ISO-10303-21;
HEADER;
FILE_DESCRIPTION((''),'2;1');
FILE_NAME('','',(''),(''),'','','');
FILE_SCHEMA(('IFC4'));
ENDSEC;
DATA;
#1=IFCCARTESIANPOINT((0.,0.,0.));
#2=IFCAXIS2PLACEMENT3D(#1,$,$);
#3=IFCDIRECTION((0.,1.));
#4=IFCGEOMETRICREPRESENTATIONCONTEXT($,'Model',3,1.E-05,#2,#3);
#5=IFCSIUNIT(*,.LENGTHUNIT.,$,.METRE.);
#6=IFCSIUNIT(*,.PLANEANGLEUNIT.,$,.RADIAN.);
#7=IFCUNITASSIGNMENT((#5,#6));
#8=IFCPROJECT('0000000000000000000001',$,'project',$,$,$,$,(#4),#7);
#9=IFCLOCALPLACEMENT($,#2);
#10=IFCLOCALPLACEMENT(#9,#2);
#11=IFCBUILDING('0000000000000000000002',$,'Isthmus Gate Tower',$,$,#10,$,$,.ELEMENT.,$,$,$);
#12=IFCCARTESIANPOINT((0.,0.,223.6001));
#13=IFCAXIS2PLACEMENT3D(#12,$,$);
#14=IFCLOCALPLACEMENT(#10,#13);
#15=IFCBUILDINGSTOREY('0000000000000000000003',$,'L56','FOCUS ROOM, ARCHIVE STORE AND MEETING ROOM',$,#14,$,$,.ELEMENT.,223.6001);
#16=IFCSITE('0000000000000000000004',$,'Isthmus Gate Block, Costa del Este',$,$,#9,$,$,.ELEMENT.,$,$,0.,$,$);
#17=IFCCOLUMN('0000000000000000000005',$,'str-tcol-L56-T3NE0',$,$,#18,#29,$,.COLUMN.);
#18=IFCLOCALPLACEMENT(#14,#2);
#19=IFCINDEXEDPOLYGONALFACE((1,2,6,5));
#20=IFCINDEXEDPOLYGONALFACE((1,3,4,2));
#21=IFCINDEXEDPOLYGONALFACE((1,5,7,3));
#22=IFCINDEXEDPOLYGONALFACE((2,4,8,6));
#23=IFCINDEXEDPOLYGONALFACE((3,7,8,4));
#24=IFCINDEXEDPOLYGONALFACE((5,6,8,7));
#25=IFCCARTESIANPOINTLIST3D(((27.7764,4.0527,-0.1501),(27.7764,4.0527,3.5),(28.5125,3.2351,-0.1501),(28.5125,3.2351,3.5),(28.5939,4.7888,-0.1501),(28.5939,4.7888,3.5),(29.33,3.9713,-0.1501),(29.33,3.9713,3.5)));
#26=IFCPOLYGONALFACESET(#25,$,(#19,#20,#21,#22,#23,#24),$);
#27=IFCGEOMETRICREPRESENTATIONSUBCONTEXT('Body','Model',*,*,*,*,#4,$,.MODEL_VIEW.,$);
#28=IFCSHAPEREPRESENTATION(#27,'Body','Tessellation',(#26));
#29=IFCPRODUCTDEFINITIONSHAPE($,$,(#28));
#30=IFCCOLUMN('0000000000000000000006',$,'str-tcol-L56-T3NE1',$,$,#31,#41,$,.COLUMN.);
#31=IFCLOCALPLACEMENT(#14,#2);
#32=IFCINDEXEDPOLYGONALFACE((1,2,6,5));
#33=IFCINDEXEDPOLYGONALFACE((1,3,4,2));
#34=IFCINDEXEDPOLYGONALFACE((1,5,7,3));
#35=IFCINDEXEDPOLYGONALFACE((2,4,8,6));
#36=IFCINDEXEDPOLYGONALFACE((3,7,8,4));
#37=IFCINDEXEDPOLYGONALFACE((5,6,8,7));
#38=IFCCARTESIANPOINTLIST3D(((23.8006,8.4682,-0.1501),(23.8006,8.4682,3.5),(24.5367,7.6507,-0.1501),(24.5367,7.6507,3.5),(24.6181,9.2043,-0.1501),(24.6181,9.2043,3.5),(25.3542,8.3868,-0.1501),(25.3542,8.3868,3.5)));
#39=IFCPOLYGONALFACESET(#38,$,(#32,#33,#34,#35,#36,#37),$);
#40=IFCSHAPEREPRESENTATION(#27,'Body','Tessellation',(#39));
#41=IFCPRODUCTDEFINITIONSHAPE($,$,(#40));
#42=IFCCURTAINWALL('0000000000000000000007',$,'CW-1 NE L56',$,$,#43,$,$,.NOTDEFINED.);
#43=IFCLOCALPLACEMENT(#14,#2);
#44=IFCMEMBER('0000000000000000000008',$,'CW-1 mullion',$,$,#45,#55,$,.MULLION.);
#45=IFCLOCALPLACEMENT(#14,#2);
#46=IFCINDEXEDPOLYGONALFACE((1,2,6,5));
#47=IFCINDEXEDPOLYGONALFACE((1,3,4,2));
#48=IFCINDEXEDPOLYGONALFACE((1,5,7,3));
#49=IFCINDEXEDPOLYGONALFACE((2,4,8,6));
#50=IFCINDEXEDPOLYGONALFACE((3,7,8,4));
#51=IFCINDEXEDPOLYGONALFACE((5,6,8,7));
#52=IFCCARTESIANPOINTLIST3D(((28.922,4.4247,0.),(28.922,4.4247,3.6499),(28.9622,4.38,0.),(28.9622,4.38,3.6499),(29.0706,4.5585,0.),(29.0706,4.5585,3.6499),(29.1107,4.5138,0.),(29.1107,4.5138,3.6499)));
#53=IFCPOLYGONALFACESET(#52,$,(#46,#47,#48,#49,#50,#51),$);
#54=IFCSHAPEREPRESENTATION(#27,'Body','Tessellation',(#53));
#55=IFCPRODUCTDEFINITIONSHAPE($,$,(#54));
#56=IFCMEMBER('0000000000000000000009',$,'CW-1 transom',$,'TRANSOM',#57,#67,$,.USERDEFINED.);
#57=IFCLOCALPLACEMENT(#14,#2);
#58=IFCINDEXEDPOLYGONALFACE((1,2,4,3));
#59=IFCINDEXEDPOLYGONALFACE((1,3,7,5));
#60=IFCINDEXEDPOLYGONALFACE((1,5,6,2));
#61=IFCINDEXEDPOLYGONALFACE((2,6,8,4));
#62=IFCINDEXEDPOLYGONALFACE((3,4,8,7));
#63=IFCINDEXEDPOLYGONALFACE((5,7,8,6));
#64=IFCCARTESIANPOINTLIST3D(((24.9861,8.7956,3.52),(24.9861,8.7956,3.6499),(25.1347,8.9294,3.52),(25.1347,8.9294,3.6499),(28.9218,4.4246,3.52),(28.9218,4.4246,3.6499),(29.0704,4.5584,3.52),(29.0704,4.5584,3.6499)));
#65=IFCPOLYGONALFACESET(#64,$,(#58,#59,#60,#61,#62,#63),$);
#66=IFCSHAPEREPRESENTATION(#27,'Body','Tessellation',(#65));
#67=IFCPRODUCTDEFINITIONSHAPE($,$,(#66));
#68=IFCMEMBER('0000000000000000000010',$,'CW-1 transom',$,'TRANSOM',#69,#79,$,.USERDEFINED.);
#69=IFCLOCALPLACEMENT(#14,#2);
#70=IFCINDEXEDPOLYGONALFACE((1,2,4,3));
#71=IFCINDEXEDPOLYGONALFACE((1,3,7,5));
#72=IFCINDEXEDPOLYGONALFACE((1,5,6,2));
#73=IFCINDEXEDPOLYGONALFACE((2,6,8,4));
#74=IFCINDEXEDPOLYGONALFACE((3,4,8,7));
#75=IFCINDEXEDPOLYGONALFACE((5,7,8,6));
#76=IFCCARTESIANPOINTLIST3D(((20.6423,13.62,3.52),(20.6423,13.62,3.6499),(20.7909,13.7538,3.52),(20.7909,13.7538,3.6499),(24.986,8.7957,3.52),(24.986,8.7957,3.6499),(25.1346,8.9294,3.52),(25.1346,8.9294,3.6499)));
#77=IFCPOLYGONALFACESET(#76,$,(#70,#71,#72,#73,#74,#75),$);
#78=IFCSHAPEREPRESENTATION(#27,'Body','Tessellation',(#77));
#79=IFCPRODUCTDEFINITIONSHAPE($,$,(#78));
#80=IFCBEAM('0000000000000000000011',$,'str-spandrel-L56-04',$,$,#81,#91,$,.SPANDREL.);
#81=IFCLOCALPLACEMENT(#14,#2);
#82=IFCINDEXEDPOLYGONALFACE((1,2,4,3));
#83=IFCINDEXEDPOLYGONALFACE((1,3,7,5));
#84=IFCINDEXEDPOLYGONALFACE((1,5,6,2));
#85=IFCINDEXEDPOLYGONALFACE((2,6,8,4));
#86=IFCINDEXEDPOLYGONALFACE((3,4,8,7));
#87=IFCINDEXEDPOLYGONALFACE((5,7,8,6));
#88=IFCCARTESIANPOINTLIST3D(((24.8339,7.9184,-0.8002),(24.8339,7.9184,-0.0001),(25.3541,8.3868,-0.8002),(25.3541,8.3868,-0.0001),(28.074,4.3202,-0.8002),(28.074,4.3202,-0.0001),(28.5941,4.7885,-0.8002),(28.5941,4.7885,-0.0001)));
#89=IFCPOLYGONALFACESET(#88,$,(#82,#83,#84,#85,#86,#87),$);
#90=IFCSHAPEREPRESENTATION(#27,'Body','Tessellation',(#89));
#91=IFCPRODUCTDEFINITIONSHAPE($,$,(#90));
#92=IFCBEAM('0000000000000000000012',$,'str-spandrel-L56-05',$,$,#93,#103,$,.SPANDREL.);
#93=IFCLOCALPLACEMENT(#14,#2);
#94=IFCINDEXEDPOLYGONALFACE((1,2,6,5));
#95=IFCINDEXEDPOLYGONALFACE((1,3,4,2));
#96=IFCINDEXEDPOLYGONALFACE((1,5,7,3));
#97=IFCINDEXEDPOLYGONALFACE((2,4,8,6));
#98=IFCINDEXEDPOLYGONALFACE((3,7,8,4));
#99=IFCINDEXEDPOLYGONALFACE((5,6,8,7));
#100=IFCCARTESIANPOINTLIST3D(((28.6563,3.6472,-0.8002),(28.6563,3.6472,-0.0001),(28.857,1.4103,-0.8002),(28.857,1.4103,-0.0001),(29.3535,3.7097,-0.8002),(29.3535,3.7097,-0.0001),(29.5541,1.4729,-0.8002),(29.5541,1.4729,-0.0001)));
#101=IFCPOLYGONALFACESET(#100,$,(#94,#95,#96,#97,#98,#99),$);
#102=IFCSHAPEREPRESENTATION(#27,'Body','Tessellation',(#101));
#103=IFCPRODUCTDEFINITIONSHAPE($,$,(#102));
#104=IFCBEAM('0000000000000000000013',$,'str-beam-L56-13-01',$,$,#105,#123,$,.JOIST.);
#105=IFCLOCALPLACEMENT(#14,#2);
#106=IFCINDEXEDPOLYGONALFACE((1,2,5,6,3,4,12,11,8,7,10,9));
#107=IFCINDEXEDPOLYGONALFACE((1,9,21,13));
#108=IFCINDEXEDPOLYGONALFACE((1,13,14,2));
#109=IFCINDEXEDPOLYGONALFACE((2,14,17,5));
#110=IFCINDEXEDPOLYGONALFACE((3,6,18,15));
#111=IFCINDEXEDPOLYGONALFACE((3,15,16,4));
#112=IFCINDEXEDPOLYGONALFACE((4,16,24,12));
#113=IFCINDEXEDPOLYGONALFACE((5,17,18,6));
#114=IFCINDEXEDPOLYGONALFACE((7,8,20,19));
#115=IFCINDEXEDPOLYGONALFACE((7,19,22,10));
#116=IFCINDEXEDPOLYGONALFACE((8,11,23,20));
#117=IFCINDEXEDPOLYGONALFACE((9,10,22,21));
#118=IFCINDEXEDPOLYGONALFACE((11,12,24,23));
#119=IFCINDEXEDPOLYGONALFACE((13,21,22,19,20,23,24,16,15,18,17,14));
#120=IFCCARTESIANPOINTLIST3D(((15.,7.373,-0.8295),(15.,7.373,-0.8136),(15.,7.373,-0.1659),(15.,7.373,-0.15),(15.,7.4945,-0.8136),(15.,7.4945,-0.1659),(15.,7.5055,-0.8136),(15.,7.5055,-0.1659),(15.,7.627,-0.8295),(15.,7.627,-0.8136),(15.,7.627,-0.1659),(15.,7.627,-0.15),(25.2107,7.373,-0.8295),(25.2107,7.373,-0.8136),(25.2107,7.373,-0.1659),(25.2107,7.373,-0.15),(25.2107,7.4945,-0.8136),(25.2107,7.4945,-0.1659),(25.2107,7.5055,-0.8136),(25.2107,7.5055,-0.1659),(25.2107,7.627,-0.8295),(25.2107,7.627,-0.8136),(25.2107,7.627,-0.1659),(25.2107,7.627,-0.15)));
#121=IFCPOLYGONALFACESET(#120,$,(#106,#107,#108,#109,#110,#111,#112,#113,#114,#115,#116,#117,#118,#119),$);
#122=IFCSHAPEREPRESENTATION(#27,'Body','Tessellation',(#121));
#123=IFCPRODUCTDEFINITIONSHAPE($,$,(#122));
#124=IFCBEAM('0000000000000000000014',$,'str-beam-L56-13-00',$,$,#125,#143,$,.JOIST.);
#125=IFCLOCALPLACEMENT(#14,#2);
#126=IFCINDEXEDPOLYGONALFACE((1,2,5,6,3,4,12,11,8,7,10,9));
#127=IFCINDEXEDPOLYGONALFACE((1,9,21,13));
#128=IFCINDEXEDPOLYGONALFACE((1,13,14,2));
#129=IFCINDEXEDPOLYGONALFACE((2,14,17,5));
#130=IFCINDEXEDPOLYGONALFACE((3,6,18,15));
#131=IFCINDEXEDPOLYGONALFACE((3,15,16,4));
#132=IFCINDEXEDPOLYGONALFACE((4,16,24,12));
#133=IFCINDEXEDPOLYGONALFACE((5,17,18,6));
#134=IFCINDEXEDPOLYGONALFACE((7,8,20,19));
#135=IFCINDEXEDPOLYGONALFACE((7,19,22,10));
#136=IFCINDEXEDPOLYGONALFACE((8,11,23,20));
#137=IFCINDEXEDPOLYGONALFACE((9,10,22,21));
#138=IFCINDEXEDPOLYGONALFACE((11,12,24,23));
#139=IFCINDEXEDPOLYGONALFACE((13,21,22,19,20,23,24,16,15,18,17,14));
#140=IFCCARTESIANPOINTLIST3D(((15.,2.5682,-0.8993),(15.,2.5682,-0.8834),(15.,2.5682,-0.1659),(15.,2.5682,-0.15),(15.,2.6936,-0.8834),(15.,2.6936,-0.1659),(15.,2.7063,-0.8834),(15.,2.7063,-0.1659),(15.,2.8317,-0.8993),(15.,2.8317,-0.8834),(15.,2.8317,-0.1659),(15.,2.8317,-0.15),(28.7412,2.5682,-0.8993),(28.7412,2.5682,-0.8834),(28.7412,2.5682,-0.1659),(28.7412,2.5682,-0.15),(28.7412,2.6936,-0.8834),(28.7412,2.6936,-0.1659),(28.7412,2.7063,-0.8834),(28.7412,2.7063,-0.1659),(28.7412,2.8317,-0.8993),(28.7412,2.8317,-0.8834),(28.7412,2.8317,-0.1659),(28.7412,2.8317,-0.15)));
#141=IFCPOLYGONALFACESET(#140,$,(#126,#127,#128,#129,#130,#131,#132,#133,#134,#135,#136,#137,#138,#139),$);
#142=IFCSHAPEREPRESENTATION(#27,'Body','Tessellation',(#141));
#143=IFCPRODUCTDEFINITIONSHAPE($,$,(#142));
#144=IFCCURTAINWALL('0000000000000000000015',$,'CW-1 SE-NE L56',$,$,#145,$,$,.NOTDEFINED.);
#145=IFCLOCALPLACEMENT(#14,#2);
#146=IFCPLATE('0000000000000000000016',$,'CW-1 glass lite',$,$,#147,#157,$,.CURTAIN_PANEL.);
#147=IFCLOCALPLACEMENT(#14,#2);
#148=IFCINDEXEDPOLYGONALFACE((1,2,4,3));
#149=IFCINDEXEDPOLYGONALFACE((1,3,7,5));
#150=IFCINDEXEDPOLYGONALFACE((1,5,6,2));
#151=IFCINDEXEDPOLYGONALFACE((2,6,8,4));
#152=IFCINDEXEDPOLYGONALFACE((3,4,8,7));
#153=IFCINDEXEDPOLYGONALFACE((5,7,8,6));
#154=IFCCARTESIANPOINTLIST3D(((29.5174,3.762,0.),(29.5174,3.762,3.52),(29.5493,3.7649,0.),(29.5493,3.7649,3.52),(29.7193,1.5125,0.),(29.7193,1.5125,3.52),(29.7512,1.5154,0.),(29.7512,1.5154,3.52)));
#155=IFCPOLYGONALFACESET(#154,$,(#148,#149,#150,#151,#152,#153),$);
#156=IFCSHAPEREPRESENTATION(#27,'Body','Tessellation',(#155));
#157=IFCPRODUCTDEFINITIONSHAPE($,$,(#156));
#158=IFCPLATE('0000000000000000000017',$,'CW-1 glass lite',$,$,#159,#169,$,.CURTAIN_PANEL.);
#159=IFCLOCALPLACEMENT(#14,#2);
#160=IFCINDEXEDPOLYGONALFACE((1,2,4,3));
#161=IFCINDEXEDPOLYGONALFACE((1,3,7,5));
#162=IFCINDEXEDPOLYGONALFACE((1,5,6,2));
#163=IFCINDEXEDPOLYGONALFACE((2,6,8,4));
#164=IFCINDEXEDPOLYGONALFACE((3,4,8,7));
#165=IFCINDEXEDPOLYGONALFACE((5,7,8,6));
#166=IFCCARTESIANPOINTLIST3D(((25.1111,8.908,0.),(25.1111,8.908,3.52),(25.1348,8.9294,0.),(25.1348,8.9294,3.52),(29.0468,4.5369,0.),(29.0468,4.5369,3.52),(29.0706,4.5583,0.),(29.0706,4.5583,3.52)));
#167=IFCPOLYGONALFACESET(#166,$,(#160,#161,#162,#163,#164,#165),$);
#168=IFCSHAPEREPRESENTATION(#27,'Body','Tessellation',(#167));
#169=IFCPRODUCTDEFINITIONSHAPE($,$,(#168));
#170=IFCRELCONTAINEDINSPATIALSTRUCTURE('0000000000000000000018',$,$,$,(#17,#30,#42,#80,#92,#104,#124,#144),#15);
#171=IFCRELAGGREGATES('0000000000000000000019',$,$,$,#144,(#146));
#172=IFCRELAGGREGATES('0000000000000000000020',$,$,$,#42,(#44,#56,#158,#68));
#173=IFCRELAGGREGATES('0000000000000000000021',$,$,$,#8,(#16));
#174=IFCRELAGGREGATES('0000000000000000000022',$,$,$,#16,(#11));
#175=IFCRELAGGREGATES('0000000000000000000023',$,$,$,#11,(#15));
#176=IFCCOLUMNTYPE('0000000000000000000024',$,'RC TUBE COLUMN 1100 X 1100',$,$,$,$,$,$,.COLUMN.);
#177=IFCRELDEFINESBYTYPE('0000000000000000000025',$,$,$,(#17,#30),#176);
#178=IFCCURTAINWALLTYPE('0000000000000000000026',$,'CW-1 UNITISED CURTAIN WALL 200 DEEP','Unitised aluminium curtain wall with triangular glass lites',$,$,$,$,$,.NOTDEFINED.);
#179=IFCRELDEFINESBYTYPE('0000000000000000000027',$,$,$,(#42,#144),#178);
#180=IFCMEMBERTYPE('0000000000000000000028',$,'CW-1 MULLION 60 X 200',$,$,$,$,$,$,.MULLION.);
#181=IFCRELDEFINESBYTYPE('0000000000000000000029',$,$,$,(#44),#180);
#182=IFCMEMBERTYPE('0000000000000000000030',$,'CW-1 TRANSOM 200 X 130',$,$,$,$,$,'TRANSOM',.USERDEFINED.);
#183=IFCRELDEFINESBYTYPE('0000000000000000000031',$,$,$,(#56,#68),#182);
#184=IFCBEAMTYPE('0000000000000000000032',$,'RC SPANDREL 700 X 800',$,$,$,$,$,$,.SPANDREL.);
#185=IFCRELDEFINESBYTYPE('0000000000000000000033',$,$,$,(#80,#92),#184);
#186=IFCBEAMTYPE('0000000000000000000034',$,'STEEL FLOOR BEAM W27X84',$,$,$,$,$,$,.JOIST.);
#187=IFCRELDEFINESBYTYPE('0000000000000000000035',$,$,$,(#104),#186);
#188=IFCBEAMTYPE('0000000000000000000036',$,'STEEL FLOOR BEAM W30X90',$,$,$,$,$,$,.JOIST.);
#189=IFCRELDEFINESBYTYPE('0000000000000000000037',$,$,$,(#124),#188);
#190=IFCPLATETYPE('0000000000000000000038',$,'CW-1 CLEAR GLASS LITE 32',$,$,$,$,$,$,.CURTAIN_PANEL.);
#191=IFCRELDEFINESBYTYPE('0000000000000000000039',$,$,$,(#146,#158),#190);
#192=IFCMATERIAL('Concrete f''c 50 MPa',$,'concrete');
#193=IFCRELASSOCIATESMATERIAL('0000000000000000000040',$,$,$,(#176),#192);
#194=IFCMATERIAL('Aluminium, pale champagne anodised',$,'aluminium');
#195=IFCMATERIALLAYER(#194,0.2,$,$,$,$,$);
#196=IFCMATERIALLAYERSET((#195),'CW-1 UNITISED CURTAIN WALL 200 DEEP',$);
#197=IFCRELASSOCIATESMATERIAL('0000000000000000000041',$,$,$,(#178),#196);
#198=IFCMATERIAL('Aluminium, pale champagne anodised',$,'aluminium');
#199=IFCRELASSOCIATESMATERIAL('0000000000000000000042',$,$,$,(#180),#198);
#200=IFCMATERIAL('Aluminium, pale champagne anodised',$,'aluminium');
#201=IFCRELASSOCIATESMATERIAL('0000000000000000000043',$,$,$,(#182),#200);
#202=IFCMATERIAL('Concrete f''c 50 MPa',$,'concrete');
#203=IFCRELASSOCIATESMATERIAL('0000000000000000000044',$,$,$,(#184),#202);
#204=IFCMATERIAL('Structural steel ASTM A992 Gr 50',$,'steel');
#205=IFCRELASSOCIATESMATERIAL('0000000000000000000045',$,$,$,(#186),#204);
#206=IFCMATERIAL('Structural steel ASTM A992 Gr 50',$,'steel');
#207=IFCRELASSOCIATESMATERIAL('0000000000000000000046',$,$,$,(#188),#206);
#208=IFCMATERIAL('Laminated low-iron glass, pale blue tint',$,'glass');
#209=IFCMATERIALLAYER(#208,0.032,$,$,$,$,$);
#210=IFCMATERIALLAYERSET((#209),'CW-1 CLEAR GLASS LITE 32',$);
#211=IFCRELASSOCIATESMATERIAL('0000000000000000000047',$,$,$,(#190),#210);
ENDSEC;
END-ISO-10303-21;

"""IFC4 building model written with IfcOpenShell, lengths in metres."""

from ifc_helpers import new_model, si_unit, direction, frame, origin, origin_2d, place, context, subcontext, project, spatial, rectangle, i_section, extrude, material, layer, layer_set, material_profile, profile_set, type_object, element, aggregate, save


model = new_model("IFC4")

# Units and contexts
model_context = context("Model", 3, precision=1e-05, world=origin(), true_north=direction((0.0, 1.0)))
body_context = subcontext(model_context, "Body", "Model", "MODEL_VIEW")
ifc_project = project(units=[si_unit("LENGTHUNIT", "METRE"), si_unit("PLANEANGLEUNIT", "RADIAN")], contexts=[model_context])

# Site, building, storey
site_placement = place(None, origin())
site = spatial("IfcSite", under=ifc_project, at=site_placement, Name="Isthmus Gate Block, Costa del Este", CompositionType="ELEMENT", RefElevation=0.0)
building_placement = place(site_placement, origin())
building = spatial("IfcBuilding", under=site, at=building_placement, Name="Isthmus Gate Tower", CompositionType="ELEMENT")
storey_placement = place(building_placement, frame((0.0, 0.0, 223.6001)))
storey = spatial("IfcBuildingStorey", under=building, at=storey_placement, Name="L56", Description="FOCUS ROOM, ARCHIVE STORE AND MEETING ROOM", CompositionType="ELEMENT", Elevation=223.6001)

# Columns
ifc_material_1 = material(Name="Concrete f'c 50 MPa", Category="concrete")
ifc_material_profile_1 = material_profile(ifc_material_1, rectangle(XDim=1.1001, YDim=1.1001, at=origin_2d()), Name="RC 1100X1100")
ifc_profile_set_1 = profile_set([ifc_material_profile_1], Name="Concrete f'c 50 MPa")
column_type = type_object("IfcColumnType", Name="RC TUBE COLUMN 1100 X 1100", PredefinedType="COLUMN", material=ifc_profile_set_1)
for number, where, z_axis, x_axis, name in (
    (1, (28.5532, 4.012, -0.1501), (0.0, 0.0, 1.0), (-0.669131, 0.743145, 0.0), "str-tcol-L56-T3NE0"),
    (2, (24.5774, 8.4275, -0.1501), (0.0, 0.0, 1.0), (-0.669131, 0.743145, 0.0), "str-tcol-L56-T3NE1"),
):
    element("IfcColumn", number, at=place(storey_placement, frame(where, z_axis=z_axis, x_axis=x_axis)), inside=storey, type_object=column_type, Name=name, PredefinedType="COLUMN", context=body_context, shape_type="SweptSolid", body=[
        extrude(rectangle(XDim=1.1001, YDim=1.1001, at=origin_2d()), origin(), (0.0, 0.0, 1.0), 3.6501),
    ])

# Curtain wall, members
ifc_material_2 = material(Name="Aluminium, pale champagne anodised", Category="aluminium")
ifc_layer_1 = layer(ifc_material_2, 0.2)
ifc_layer_set_1 = layer_set([ifc_layer_1], Name="CW-1 UNITISED CURTAIN WALL 200 DEEP")
curtain_wall_type = type_object("IfcCurtainWallType", Name="CW-1 UNITISED CURTAIN WALL 200 DEEP", Description="Unitised aluminium curtain wall with triangular glass lites", PredefinedType="NOTDEFINED", material=ifc_layer_set_1)
curtain_wall_1_placement = place(storey_placement, origin())
curtain_wall_1 = element("IfcCurtainWall", 3, at=curtain_wall_1_placement, inside=storey, type_object=curtain_wall_type, Name="CW-1 NE L56", PredefinedType="NOTDEFINED")
ifc_material_3 = material(Name="Aluminium, pale champagne anodised", Category="aluminium")
ifc_material_profile_2 = material_profile(ifc_material_3, rectangle(XDim=0.0601, YDim=0.2, at=origin_2d()), Name="60x200")
ifc_profile_set_2 = profile_set([ifc_material_profile_2], Name="Aluminium, pale champagne anodised")
member_type_1 = type_object("IfcMemberType", Name="CW-1 MULLION 60 X 200", PredefinedType="MULLION", material=ifc_profile_set_2)
member_1_placement = place(storey_placement, frame((29.0164, 4.4692, 0.0), z_axis=(0.0, 0.0, 1.0), x_axis=(-0.669131, 0.743145, 0.0)))
member_1 = element("IfcMember", 4, at=member_1_placement, type_object=member_type_1, Name="CW-1 mullion", PredefinedType="MULLION", context=body_context, shape_type="SweptSolid", body=[
    extrude(rectangle(XDim=0.0601, YDim=0.2, at=origin_2d()), origin(), (0.0, 0.0, 1.0), 3.6499),
])
ifc_material_4 = material(Name="Aluminium, pale champagne anodised", Category="aluminium")
ifc_material_profile_3 = material_profile(ifc_material_4, rectangle(XDim=0.2, YDim=0.1299, at=origin_2d()), Name="200x130")
ifc_profile_set_3 = profile_set([ifc_material_profile_3], Name="Aluminium, pale champagne anodised")
member_type_2 = type_object("IfcMemberType", Name="CW-1 TRANSOM 200 X 130", ElementType="TRANSOM", PredefinedType="USERDEFINED", material=ifc_profile_set_3)
member_2_placement = place(storey_placement, frame((28.9961, 4.4915, 3.585), z_axis=(-0.669134, 0.743141, 0.0), x_axis=(-0.743141, -0.669134, 0.0)))
member_2 = element("IfcMember", 5, at=member_2_placement, type_object=member_type_2, Name="CW-1 transom", ObjectType="TRANSOM", PredefinedType="USERDEFINED", context=body_context, shape_type="SweptSolid", body=[
    extrude(rectangle(XDim=0.2, YDim=0.1299, at=origin_2d()), origin(), (0.0, 0.0, 1.0), 5.8818),
])
member_3_placement = place(storey_placement, frame((25.0603, 8.8625, 3.585), z_axis=(-0.669112, 0.743161, 0.0), x_axis=(-0.743161, -0.669112, 0.0)))
member_3 = element("IfcMember", 6, at=member_3_placement, type_object=member_type_2, Name="CW-1 transom", ObjectType="TRANSOM", PredefinedType="USERDEFINED", context=body_context, shape_type="SweptSolid", body=[
    extrude(rectangle(XDim=0.2, YDim=0.1299, at=origin_2d()), origin(), (0.0, 0.0, 1.0), 6.4917),
])

# Beams
ifc_material_5 = material(Name="Concrete f'c 50 MPa", Category="concrete")
ifc_material_profile_4 = material_profile(ifc_material_5, rectangle(XDim=0.7, YDim=0.8, at=origin_2d()), Name="RC 700X800")
ifc_profile_set_4 = profile_set([ifc_material_profile_4], Name="Concrete f'c 50 MPa")
beam_type_1 = type_object("IfcBeamType", Name="RC SPANDREL 700 X 800", PredefinedType="SPANDREL", material=ifc_profile_set_4)
beam_1_placement = place(storey_placement, frame((25.094, 8.1526, -0.4001), z_axis=(0.669154, -0.743124, 0.0), x_axis=(0.743124, 0.669154, 0.0)))
element("IfcBeam", 7, at=beam_1_placement, inside=storey, type_object=beam_type_1, Name="str-spandrel-L56-04", PredefinedType="SPANDREL", context=body_context, shape_type="SweptSolid", body=[
    extrude(rectangle(XDim=0.7, YDim=0.8, at=origin_2d()), origin(), (0.0, 0.0, 1.0), 4.842),
])
beam_2_placement = place(storey_placement, frame((29.0049, 3.6785, -0.4001), z_axis=(0.089359, -0.995999, 0.0), x_axis=(0.995999, 0.089359, 0.0)))
element("IfcBeam", 8, at=beam_2_placement, inside=storey, type_object=beam_type_1, Name="str-spandrel-L56-05", PredefinedType="SPANDREL", context=body_context, shape_type="SweptSolid", body=[
    extrude(rectangle(XDim=0.7, YDim=0.8, at=origin_2d()), origin(), (0.0, 0.0, 1.0), 2.2458),
])
ifc_material_6 = material(Name="Structural steel ASTM A992 Gr 50", Category="steel")
ifc_material_profile_5 = material_profile(ifc_material_6, i_section(OverallWidth=0.2539, OverallDepth=0.6794, WebThickness=0.011, FlangeThickness=0.0159, at=origin_2d()), Name="W27X84")
ifc_profile_set_5 = profile_set([ifc_material_profile_5], Name="Structural steel ASTM A992 Gr 50")
beam_type_2 = type_object("IfcBeamType", Name="STEEL FLOOR BEAM W27X84", PredefinedType="JOIST", material=ifc_profile_set_5)
beam_3_placement = place(storey_placement, frame((15.0, 7.5, -0.4897), z_axis=(1.0, 0.0, 0.0), x_axis=(0.0, 1.0, 0.0)))
element("IfcBeam", 9, at=beam_3_placement, inside=storey, type_object=beam_type_2, Name="str-beam-L56-13-01", PredefinedType="JOIST", context=body_context, shape_type="SweptSolid", body=[
    extrude(i_section(OverallWidth=0.2539, OverallDepth=0.6794, WebThickness=0.011, FlangeThickness=0.0159, at=origin_2d()), origin(), (0.0, 0.0, 1.0), 10.2107),
])
ifc_material_7 = material(Name="Structural steel ASTM A992 Gr 50", Category="steel")
ifc_material_profile_6 = material_profile(ifc_material_7, i_section(OverallWidth=0.2634, OverallDepth=0.7493, WebThickness=0.0127, FlangeThickness=0.0159, at=origin_2d()), Name="W30X90")
ifc_profile_set_6 = profile_set([ifc_material_profile_6], Name="Structural steel ASTM A992 Gr 50")
beam_type_3 = type_object("IfcBeamType", Name="STEEL FLOOR BEAM W30X90", PredefinedType="JOIST", material=ifc_profile_set_6)
beam_4_placement = place(storey_placement, frame((15.0, 2.7, -0.5247), z_axis=(1.0, 0.0, 0.0), x_axis=(0.0, 1.0, 0.0)))
element("IfcBeam", 10, at=beam_4_placement, inside=storey, type_object=beam_type_3, Name="str-beam-L56-13-00", PredefinedType="JOIST", context=body_context, shape_type="SweptSolid", body=[
    extrude(i_section(OverallWidth=0.2634, OverallDepth=0.7493, WebThickness=0.0127, FlangeThickness=0.0159, at=origin_2d()), origin(), (0.0, 0.0, 1.0), 13.7412),
])

# Curtain wall, plate
curtain_wall_2_placement = place(storey_placement, origin())
curtain_wall_2 = element("IfcCurtainWall", 11, at=curtain_wall_2_placement, inside=storey, type_object=curtain_wall_type, Name="CW-1 SE-NE L56", PredefinedType="NOTDEFINED")
ifc_material_8 = material(Name="Laminated low-iron glass, pale blue tint", Category="glass")
ifc_layer_2 = layer(ifc_material_8, 0.032)
ifc_layer_set_2 = layer_set([ifc_layer_2], Name="CW-1 CLEAR GLASS LITE 32")
plate_type = type_object("IfcPlateType", Name="CW-1 CLEAR GLASS LITE 32", PredefinedType="CURTAIN_PANEL", material=ifc_layer_set_2)
plate_1_placement = place(storey_placement, frame((29.6343, 2.6387, 0.0), z_axis=(0.0, 0.0, 1.0), x_axis=(-0.089397, 0.995996, 0.0)))
plate_1 = element("IfcPlate", 12, at=plate_1_placement, type_object=plate_type, Name="CW-1 glass lite", PredefinedType="CURTAIN_PANEL", context=body_context, shape_type="SweptSolid", body=[
    extrude(rectangle(XDim=2.2585, YDim=0.032, at=origin_2d()), origin(), (0.0, 0.0, 1.0), 3.52),
])
aggregate(curtain_wall_2, [plate_1])

# Plate
plate_2_placement = place(storey_placement, frame((27.0908, 6.7332, 0.0), z_axis=(0.0, 0.0, 1.0), x_axis=(-0.669131, 0.743145, 0.0)))
plate_2 = element("IfcPlate", 13, at=plate_2_placement, type_object=plate_type, Name="CW-1 glass lite", PredefinedType="CURTAIN_PANEL", context=body_context, shape_type="SweptSolid", body=[
    extrude(rectangle(XDim=5.8818, YDim=0.032, at=origin_2d()), origin(), (0.0, 0.0, 1.0), 3.52),
])
aggregate(curtain_wall_1, [member_1, member_2, plate_2, member_3])

save(model, "model.ifc")
